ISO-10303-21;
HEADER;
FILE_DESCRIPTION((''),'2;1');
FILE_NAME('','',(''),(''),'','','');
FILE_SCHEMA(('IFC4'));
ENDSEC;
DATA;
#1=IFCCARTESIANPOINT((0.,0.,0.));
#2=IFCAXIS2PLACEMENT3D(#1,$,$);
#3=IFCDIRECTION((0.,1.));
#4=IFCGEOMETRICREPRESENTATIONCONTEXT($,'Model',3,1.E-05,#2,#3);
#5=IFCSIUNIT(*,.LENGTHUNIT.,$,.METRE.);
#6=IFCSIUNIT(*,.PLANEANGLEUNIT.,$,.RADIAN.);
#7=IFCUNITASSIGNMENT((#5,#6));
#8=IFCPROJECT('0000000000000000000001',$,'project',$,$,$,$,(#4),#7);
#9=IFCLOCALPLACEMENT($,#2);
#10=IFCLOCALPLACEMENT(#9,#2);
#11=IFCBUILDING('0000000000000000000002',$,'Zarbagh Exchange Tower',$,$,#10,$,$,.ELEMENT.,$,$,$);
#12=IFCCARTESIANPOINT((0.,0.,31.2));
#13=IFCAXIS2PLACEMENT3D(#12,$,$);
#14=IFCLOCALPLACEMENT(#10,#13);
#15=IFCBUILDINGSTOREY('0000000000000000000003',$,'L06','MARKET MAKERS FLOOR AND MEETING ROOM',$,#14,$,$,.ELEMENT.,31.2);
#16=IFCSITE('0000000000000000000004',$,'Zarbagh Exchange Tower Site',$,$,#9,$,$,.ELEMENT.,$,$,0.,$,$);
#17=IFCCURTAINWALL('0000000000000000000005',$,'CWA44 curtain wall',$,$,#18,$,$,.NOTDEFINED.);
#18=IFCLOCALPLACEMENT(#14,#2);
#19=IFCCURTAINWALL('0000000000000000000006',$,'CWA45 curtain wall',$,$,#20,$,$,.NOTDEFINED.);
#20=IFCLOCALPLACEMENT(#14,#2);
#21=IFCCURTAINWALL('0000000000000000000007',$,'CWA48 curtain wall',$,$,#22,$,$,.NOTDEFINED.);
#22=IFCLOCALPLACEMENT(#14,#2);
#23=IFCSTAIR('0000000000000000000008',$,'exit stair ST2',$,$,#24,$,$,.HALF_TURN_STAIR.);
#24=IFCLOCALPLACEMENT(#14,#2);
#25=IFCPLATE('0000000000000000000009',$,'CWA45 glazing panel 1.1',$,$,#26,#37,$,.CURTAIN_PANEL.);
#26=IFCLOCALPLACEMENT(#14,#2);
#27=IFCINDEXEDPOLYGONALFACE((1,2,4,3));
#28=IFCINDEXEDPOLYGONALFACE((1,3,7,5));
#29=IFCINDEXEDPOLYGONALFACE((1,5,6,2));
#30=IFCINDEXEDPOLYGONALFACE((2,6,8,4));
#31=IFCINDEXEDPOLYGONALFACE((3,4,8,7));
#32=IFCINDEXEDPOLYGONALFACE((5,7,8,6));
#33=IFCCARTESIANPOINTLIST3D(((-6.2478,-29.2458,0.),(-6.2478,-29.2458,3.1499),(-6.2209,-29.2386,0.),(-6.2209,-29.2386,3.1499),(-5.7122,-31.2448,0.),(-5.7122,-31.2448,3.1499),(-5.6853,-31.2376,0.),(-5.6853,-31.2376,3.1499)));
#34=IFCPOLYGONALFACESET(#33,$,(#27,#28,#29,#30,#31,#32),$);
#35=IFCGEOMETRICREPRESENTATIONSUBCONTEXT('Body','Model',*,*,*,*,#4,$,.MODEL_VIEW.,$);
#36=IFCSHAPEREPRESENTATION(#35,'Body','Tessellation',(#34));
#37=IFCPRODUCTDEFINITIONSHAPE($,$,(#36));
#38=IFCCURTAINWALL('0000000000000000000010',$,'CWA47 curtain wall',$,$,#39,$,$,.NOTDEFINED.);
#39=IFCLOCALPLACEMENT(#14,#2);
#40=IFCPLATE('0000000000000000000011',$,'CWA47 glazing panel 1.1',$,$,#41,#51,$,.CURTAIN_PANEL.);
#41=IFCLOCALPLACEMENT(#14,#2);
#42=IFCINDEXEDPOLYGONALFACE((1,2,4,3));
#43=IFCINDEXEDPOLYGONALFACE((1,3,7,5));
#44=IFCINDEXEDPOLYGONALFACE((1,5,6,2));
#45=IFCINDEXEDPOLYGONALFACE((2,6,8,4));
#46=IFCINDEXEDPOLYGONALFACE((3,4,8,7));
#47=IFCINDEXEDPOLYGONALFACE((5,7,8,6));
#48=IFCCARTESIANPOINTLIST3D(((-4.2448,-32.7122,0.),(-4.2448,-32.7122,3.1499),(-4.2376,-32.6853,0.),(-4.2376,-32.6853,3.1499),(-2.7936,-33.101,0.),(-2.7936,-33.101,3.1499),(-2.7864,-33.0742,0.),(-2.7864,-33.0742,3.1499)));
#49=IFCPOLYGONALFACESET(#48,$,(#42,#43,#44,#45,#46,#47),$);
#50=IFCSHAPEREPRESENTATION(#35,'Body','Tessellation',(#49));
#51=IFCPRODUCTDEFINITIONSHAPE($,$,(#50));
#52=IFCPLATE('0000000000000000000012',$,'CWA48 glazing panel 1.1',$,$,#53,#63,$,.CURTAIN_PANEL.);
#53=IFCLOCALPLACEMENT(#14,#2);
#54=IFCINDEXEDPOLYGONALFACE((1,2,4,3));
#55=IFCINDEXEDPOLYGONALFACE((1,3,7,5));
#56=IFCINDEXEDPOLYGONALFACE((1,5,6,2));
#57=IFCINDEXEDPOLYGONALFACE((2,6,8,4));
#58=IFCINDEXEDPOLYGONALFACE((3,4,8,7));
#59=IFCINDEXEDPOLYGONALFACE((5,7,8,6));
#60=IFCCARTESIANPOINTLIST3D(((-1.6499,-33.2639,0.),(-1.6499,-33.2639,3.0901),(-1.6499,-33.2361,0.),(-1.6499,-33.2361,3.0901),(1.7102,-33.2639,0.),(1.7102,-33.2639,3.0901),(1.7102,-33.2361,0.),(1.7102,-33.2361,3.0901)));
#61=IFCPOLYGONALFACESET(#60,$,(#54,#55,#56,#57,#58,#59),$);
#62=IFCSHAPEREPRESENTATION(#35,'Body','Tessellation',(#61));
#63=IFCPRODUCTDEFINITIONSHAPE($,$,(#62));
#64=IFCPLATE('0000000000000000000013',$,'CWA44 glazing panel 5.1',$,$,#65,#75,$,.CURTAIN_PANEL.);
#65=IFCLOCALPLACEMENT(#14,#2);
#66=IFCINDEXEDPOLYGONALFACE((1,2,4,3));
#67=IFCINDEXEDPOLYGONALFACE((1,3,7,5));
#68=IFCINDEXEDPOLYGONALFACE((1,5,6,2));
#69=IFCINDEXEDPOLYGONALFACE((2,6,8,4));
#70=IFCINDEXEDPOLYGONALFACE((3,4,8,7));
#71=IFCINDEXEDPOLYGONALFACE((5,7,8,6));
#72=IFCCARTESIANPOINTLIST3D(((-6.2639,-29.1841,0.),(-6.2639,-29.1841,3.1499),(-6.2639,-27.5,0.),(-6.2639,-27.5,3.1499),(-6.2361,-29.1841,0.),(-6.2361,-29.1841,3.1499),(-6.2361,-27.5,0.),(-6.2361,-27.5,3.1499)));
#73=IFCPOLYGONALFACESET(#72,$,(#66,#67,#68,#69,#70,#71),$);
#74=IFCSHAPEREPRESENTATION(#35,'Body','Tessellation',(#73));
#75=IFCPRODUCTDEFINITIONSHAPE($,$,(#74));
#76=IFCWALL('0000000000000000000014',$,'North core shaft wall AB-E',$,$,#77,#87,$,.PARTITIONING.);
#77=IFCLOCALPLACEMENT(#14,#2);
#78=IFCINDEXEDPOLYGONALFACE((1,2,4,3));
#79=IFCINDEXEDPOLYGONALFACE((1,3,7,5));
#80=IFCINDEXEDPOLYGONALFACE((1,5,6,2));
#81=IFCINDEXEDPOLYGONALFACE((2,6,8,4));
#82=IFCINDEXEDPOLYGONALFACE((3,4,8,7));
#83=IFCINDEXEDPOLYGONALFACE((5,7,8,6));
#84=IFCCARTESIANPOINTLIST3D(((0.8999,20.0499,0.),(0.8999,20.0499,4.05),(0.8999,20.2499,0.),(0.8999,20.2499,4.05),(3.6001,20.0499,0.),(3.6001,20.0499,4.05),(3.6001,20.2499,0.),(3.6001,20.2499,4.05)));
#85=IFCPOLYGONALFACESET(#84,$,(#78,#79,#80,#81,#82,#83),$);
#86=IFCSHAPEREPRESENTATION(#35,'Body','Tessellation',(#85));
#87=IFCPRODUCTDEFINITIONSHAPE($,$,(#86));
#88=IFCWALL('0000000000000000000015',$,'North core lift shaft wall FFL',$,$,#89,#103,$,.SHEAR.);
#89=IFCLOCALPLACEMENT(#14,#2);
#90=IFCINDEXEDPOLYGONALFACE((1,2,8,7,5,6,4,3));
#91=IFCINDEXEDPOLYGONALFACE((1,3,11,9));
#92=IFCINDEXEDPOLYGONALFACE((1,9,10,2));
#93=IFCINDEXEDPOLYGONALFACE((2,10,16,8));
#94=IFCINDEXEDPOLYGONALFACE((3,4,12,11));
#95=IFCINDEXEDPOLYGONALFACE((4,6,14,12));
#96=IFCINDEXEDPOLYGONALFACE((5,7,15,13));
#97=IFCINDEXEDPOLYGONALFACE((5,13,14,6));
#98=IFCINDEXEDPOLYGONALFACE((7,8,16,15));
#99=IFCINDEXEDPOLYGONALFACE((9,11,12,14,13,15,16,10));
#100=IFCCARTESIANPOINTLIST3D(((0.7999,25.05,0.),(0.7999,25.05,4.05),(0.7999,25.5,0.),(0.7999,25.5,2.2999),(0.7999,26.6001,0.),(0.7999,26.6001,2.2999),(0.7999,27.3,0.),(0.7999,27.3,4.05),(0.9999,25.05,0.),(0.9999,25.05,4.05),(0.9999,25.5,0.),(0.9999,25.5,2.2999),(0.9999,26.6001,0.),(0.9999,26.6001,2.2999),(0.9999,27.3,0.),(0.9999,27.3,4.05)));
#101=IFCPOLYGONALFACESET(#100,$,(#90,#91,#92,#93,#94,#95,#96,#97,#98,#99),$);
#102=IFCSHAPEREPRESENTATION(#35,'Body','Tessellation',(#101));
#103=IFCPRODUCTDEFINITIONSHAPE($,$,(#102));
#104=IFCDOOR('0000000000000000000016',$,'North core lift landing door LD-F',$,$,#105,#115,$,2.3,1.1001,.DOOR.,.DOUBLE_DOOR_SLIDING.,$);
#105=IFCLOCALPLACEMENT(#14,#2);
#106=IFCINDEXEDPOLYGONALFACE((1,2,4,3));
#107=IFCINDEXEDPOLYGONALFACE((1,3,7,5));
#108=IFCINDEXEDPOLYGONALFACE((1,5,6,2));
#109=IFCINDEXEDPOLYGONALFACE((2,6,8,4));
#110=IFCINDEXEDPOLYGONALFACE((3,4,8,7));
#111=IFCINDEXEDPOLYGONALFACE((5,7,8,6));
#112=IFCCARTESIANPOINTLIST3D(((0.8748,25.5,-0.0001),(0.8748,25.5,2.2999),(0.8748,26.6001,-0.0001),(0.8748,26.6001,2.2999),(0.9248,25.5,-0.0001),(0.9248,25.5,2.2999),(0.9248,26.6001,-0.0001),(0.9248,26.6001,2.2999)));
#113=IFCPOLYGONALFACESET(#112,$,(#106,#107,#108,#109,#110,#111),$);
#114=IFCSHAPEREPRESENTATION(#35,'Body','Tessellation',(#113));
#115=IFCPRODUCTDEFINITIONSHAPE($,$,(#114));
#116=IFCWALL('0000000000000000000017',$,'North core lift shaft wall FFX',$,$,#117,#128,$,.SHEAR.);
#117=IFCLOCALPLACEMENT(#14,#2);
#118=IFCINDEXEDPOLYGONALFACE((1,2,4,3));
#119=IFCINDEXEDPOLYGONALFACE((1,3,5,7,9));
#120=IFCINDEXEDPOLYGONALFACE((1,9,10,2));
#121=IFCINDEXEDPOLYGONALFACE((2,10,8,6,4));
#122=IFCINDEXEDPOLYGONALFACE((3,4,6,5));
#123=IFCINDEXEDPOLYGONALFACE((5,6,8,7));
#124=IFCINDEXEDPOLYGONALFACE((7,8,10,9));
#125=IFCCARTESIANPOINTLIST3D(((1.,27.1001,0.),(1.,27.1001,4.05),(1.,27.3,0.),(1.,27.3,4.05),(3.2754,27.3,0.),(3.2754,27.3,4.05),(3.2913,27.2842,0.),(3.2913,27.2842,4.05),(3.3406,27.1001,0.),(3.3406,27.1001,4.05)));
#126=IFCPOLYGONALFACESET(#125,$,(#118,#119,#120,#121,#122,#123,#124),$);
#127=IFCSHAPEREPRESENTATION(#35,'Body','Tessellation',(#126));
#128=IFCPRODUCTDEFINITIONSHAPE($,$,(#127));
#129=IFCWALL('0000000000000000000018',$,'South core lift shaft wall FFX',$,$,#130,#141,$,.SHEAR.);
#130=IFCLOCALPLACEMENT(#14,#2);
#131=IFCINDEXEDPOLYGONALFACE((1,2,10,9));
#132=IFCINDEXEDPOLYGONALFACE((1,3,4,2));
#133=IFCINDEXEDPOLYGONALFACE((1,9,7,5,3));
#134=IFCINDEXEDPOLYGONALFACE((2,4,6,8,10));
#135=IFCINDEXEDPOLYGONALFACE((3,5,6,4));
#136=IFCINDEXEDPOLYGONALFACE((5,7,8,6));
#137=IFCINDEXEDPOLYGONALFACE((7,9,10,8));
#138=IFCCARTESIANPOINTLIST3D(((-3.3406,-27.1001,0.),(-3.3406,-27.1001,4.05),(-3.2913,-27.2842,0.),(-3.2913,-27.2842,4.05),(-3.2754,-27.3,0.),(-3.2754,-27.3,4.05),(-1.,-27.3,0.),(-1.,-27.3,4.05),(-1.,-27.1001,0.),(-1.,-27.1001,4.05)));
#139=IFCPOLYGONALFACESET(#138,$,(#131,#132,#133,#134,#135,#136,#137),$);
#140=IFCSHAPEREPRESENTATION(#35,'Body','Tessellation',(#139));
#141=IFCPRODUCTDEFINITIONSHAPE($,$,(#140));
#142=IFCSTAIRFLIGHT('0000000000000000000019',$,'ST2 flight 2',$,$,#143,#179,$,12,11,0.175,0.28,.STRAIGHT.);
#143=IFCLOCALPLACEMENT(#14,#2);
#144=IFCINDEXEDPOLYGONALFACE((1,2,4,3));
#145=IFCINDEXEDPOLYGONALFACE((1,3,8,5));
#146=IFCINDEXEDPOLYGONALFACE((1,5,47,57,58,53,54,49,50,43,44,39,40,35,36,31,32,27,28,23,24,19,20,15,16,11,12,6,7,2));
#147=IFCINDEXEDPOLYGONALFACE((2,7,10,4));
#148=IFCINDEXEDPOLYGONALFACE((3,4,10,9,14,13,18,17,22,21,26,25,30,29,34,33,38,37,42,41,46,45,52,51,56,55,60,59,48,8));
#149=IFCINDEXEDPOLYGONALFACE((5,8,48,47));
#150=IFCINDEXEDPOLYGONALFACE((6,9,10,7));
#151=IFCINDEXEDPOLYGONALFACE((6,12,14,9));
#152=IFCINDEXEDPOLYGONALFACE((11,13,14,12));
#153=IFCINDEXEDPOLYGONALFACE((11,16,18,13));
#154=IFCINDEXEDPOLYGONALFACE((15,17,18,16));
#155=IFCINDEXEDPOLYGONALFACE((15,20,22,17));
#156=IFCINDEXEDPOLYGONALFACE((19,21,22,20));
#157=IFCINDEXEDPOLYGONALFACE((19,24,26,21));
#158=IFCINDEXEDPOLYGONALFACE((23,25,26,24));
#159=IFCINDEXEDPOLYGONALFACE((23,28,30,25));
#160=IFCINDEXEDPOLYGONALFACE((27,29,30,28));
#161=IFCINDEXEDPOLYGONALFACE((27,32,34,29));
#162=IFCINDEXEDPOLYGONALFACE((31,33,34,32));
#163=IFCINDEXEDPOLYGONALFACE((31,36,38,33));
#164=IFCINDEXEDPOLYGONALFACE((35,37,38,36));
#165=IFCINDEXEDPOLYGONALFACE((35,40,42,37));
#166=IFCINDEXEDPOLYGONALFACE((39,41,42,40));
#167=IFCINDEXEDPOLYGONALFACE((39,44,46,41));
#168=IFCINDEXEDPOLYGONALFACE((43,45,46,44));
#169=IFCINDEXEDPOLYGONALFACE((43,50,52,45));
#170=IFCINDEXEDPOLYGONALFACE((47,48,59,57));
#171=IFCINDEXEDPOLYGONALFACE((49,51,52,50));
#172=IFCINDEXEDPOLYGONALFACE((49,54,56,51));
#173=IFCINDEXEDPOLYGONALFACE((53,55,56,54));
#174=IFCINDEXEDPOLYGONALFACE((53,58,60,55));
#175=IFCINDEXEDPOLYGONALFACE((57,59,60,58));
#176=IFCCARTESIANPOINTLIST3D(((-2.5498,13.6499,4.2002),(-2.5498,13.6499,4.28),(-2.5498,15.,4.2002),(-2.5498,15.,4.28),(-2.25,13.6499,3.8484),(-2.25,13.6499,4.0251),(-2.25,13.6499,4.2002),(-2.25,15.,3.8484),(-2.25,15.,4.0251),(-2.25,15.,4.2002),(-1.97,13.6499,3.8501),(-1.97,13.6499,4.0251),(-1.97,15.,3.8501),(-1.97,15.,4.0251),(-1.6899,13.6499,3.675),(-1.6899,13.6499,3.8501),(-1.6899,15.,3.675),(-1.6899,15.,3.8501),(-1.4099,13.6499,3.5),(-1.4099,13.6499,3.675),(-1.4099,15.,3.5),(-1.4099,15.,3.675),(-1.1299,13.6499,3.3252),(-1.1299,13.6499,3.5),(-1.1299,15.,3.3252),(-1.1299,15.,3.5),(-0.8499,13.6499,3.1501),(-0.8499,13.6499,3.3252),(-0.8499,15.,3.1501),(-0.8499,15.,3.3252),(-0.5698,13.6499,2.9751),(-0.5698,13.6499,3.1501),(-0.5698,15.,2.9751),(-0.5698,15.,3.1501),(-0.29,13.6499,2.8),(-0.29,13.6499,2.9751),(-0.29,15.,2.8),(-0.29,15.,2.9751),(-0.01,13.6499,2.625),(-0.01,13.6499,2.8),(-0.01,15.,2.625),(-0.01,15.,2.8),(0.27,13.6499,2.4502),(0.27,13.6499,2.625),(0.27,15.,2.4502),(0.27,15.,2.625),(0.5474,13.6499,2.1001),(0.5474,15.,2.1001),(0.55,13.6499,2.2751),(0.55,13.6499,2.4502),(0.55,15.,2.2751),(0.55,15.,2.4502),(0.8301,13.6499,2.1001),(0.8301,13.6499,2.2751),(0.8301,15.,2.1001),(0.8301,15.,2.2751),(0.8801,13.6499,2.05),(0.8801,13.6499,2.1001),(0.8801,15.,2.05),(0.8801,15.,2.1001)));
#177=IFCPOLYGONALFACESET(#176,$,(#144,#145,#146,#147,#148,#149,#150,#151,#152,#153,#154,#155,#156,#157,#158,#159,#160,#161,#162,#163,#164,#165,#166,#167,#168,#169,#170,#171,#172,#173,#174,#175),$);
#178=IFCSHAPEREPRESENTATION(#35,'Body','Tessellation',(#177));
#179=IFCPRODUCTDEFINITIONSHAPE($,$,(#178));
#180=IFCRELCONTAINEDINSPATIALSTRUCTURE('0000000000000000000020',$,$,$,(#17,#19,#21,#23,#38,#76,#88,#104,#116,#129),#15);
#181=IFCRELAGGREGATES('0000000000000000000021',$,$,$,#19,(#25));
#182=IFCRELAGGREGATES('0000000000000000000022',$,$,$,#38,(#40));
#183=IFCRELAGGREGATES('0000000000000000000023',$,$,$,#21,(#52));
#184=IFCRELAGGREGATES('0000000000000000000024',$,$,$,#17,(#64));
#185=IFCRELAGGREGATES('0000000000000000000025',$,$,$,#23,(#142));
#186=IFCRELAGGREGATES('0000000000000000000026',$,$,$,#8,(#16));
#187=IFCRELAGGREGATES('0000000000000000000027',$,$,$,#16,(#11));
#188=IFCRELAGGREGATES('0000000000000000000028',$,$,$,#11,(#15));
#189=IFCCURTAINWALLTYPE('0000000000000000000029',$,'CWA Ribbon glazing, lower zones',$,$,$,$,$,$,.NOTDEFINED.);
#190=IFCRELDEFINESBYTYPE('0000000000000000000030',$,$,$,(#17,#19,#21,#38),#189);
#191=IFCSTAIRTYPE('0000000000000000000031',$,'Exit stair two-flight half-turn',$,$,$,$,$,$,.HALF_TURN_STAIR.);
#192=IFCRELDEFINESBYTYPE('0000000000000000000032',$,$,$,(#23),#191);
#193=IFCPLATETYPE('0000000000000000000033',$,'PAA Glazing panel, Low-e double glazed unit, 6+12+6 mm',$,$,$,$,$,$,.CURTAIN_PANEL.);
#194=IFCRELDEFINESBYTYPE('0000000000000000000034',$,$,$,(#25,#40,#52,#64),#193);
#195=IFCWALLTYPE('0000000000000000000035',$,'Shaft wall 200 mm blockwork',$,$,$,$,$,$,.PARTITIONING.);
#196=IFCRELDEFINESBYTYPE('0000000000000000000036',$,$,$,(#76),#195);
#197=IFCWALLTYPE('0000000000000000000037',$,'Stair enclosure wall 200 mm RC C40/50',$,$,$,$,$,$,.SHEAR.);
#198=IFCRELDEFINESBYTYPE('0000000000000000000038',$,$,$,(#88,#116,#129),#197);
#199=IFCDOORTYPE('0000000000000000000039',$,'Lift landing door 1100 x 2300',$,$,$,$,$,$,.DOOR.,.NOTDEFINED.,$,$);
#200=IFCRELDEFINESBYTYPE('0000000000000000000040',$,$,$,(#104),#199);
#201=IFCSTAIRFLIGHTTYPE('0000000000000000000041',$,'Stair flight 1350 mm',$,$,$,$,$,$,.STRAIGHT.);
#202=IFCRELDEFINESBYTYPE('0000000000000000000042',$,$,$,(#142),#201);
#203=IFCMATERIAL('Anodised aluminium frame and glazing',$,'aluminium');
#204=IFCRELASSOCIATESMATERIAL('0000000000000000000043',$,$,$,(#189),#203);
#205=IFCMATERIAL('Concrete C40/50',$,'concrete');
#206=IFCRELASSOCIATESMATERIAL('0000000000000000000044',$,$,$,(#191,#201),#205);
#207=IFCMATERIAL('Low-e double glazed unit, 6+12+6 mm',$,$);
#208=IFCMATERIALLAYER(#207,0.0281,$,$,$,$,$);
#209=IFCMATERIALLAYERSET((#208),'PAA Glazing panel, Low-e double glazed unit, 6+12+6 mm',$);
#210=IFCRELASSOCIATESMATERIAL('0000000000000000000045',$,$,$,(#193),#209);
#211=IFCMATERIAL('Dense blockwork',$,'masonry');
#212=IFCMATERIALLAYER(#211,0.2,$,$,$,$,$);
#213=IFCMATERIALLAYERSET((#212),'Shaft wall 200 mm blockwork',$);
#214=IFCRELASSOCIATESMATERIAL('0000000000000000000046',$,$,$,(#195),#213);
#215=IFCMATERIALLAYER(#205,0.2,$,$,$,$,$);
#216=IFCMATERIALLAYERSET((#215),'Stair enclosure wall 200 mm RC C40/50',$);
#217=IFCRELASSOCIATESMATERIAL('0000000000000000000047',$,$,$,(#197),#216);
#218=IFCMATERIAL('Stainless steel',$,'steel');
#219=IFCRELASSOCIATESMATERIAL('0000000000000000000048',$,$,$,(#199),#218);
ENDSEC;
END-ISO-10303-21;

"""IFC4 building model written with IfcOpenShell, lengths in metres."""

from ifc_helpers import new_model, si_unit, direction, frame, frame_2d, origin, place, context, subcontext, project, spatial, polyline, rectangle, outline, extrude, source, transform, mapped, material, layer, layer_set, type_object, element, fill, aggregate, save


model = new_model("IFC4")

# Units and contexts
model_context = context("Model", 3, precision=1e-05, world=origin(), true_north=direction((0.0, 1.0)))
body_context = subcontext(model_context, "Body", "Model", "MODEL_VIEW")
ifc_project = project(units=[si_unit("LENGTHUNIT", "METRE"), si_unit("PLANEANGLEUNIT", "RADIAN")], contexts=[model_context])

# Site, building, storey
site_placement = place(None, origin())
site = spatial("IfcSite", under=ifc_project, at=site_placement, Name="Zarbagh Exchange Tower Site", CompositionType="ELEMENT", RefElevation=0.0)
building_placement = place(site_placement, origin())
building = spatial("IfcBuilding", under=site, at=building_placement, Name="Zarbagh Exchange Tower", CompositionType="ELEMENT")
storey_placement = place(building_placement, frame((0.0, 0.0, 31.2)))
storey = spatial("IfcBuildingStorey", under=building, at=storey_placement, Name="L06", Description="MARKET MAKERS FLOOR AND MEETING ROOM", CompositionType="ELEMENT", Elevation=31.2)

# Curtain wall
ifc_material_1 = material(Name="Anodised aluminium frame and glazing", Category="aluminium")
curtain_wall_type = type_object("IfcCurtainWallType", Name="CWA Ribbon glazing, lower zones", PredefinedType="NOTDEFINED", material=ifc_material_1)
curtain_wall_1_placement = place(storey_placement, origin())
curtain_wall_1 = element("IfcCurtainWall", 1, at=curtain_wall_1_placement, inside=storey, type_object=curtain_wall_type, Name="CWA44 curtain wall", PredefinedType="NOTDEFINED")
placement = place(storey_placement, origin())

# Curtain wall
curtain_wall_2_placement = place(storey_placement, origin())
curtain_wall_2 = element("IfcCurtainWall", 2, at=curtain_wall_2_placement, inside=storey, type_object=curtain_wall_type, Name="CWA45 curtain wall", PredefinedType="NOTDEFINED")

# Curtain wall
curtain_wall_3_placement = place(storey_placement, origin())
curtain_wall_3 = element("IfcCurtainWall", 3, at=curtain_wall_3_placement, inside=storey, type_object=curtain_wall_type, Name="CWA48 curtain wall", PredefinedType="NOTDEFINED")

# Stair
ifc_material_2 = material(Name="Concrete C40/50", Category="concrete")
stair_type = type_object("IfcStairType", Name="Exit stair two-flight half-turn", PredefinedType="HALF_TURN_STAIR", material=ifc_material_2)
stair_1_placement = place(storey_placement, origin())
stair_1 = element("IfcStair", 4, at=stair_1_placement, inside=storey, type_object=stair_type, Name="exit stair ST2", PredefinedType="HALF_TURN_STAIR")

# Shared definitions
ifc_material_3 = material(Name="Low-e double glazed unit, 6+12+6 mm")
ifc_layer_1 = layer(ifc_material_3, 0.0281)
ifc_layer_set_1 = layer_set([ifc_layer_1], Name="PAA Glazing panel, Low-e double glazed unit, 6+12+6 mm")
plate_type = type_object("IfcPlateType", Name="PAA Glazing panel, Low-e double glazed unit, 6+12+6 mm", PredefinedType="CURTAIN_PANEL", material=ifc_layer_set_1)

# Plate
shared_shape_1 = source(origin(), body_context, "Body", "SweptSolid", [
    extrude(outline(polyline([(0.0, -0.0139), (2.0696, -0.0139), (2.0696, 0.0139), (0.0, 0.0139), (0.0, -0.0139)])), origin(), (0.0, 0.0, 1.0), 3.1499),
])
plate_1 = element("IfcPlate", 5, at=placement, type_object=plate_type, Name="CWA45 glazing panel 1.1", PredefinedType="CURTAIN_PANEL", context=body_context, shape_type="MappedRepresentation", body=[
    mapped(shared_shape_1, transform((-6.2344, -29.2422, 0.0), x_axis=(0.258825, -0.965924, 0.0), y_axis=(0.965924, 0.258825, 0.0), z_axis=(0.0, 0.0, 1.0))),
])
aggregate(curtain_wall_2, [plate_1])

# Curtain wall, plate
curtain_wall_4_placement = place(storey_placement, origin())
curtain_wall_4 = element("IfcCurtainWall", 6, at=curtain_wall_4_placement, inside=storey, type_object=curtain_wall_type, Name="CWA47 curtain wall", PredefinedType="NOTDEFINED")
shared_shape_2 = source(origin(), body_context, "Body", "SweptSolid", [
    extrude(outline(polyline([(0.0, -0.0139), (1.5024, -0.0139), (1.5024, 0.0139), (0.0, 0.0139), (0.0, -0.0139)])), origin(), (0.0, 0.0, 1.0), 3.1499),
])
plate_2 = element("IfcPlate", 7, at=placement, type_object=plate_type, Name="CWA47 glazing panel 1.1", PredefinedType="CURTAIN_PANEL", context=body_context, shape_type="MappedRepresentation", body=[
    mapped(shared_shape_2, transform((-4.2412, -32.6987, 0.0), x_axis=(0.965924, -0.258825, 0.0), y_axis=(0.258825, 0.965924, 0.0), z_axis=(0.0, 0.0, 1.0))),
])
aggregate(curtain_wall_4, [plate_2])

# Plates
shared_shape_3 = source(origin(), body_context, "Body", "SweptSolid", [
    extrude(outline(polyline([(0.0, -0.0139), (3.3601, -0.0139), (3.3601, 0.0139), (0.0, 0.0139), (0.0, -0.0139)])), origin(), (0.0, 0.0, 1.0), 3.0901),
])
plate_3 = element("IfcPlate", 8, at=placement, type_object=plate_type, Name="CWA48 glazing panel 1.1", PredefinedType="CURTAIN_PANEL", context=body_context, shape_type="MappedRepresentation", body=[
    mapped(shared_shape_3, transform((-1.6499, -33.25, 0.0), x_axis=(1.0, 0.0, 0.0), y_axis=(0.0, 1.0, 0.0), z_axis=(0.0, 0.0, 1.0))),
])
aggregate(curtain_wall_3, [plate_3])
shared_shape_4 = source(origin(), body_context, "Body", "SweptSolid", [
    extrude(outline(polyline([(0.0, -0.0139), (1.6841, -0.0139), (1.6841, 0.0139), (0.0, 0.0139), (0.0, -0.0139)])), origin(), (0.0, 0.0, 1.0), 3.1499),
])
plate_4 = element("IfcPlate", 9, at=placement, type_object=plate_type, Name="CWA44 glazing panel 5.1", PredefinedType="CURTAIN_PANEL", context=body_context, shape_type="MappedRepresentation", body=[
    mapped(shared_shape_4, transform((-6.25, -27.5, 0.0), x_axis=(0.0, -1.0, 0.0), y_axis=(1.0, 0.0, 0.0), z_axis=(0.0, 0.0, 1.0))),
])
aggregate(curtain_wall_1, [plate_4])

# Wall
ifc_material_4 = material(Name="Dense blockwork", Category="masonry")
ifc_layer_2 = layer(ifc_material_4, 0.2)
ifc_layer_set_2 = layer_set([ifc_layer_2], Name="Shaft wall 200 mm blockwork")
wall_type_1 = type_object("IfcWallType", Name="Shaft wall 200 mm blockwork", PredefinedType="PARTITIONING", material=ifc_layer_set_2)
wall_1_placement = place(storey_placement, frame((0.8999, 20.1499, 0.0), z_axis=(0.0, 0.0, 1.0), x_axis=(1.0, 0.0, 0.0)))
element("IfcWall", 10, at=wall_1_placement, inside=storey, type_object=wall_type_1, Name="North core shaft wall AB-E", PredefinedType="PARTITIONING", context=body_context, shape_type="SweptSolid", body=[
    extrude(rectangle(XDim=2.7002, YDim=0.2, at=frame_2d((1.3501, 0.0))), origin(), (0.0, 0.0, 1.0), 4.05),
])

# Wall, opening, door
ifc_layer_3 = layer(ifc_material_2, 0.2)
ifc_layer_set_3 = layer_set([ifc_layer_3], Name="Stair enclosure wall 200 mm RC C40/50")
wall_type_2 = type_object("IfcWallType", Name="Stair enclosure wall 200 mm RC C40/50", PredefinedType="SHEAR", material=ifc_layer_set_3)
wall_2_placement = place(storey_placement, frame((0.8999, 27.3, 0.0), z_axis=(0.0, 0.0, 1.0), x_axis=(0.0, -1.0, 0.0)))
wall_2 = element("IfcWall", 11, at=wall_2_placement, inside=storey, type_object=wall_type_2, Name="North core lift shaft wall FFL", PredefinedType="SHEAR", context=body_context, shape_type="SweptSolid", body=[
    extrude(rectangle(XDim=2.25, YDim=0.2, at=frame_2d((1.125, 0.0))), origin(), (0.0, 0.0, 1.0), 4.05),
])
opening_placement = place(wall_2_placement, frame((0.7, 0.0, 0.0)))
opening = element("IfcOpeningElement", 12, at=opening_placement, cuts=wall_2, PredefinedType="OPENING", context=body_context, shape_type="SweptSolid", body=[
    extrude(rectangle(XDim=1.1001, YDim=2.3, at=frame_2d((0.55, 1.1499))), frame((0.0, 0.1099, 0.0), z_axis=(0.0, -1.0, 0.0), x_axis=(1.0, 0.0, 0.0)), (0.0, 0.0, 1.0), 0.22),
])
ifc_material_5 = material(Name="Stainless steel", Category="steel")
door_type = type_object("IfcDoorType", Name="Lift landing door 1100 x 2300", OperationType="NOTDEFINED", PredefinedType="DOOR", material=ifc_material_5)
door_placement = place(opening_placement, origin())
door = element("IfcDoor", 13, at=door_placement, inside=storey, type_object=door_type, Name="North core lift landing door LD-F", OperationType="DOUBLE_DOOR_SLIDING", OverallHeight=2.3, OverallWidth=1.1001, PredefinedType="DOOR", context=body_context, shape_type="SweptSolid", body=[
    extrude(rectangle(XDim=1.1001, YDim=2.3, at=frame_2d((0.55, 1.1499))), frame((0.0, 0.0249, 0.0), z_axis=(0.0, -1.0, 0.0), x_axis=(1.0, 0.0, 0.0)), (0.0, 0.0, 1.0), 0.05),
])
fill(opening, door)

# Walls
wall_3_placement = place(storey_placement, origin())
element("IfcWall", 14, at=wall_3_placement, inside=storey, type_object=wall_type_2, Name="North core lift shaft wall FFX", PredefinedType="SHEAR", context=body_context, shape_type="SweptSolid", body=[
    extrude(outline(polyline([(1.0, 27.1001), (3.3406, 27.1001), (3.2913, 27.2842), (3.2754, 27.3), (1.0, 27.3), (1.0, 27.1001)])), origin(), (0.0, 0.0, 1.0), 4.05),
])
wall_4_placement = place(storey_placement, origin())
element("IfcWall", 15, at=wall_4_placement, inside=storey, type_object=wall_type_2, Name="South core lift shaft wall FFX", PredefinedType="SHEAR", context=body_context, shape_type="SweptSolid", body=[
    extrude(outline(polyline([(-1.0, -27.1001), (-3.3406, -27.1001), (-3.2913, -27.2842), (-3.2754, -27.3), (-1.0, -27.3), (-1.0, -27.1001)])), origin(), (0.0, 0.0, 1.0), 4.05),
])

# Stair flight
stair_flight_type = type_object("IfcStairFlightType", Name="Stair flight 1350 mm", PredefinedType="STRAIGHT", material=ifc_material_2)
stair_flight_placement = place(storey_placement, frame((0.8301, 14.325, 2.1001), z_axis=(0.0, 0.0, 1.0), x_axis=(-1.0, 0.0, 0.0)))
stair_flight = element("IfcStairFlight", 16, at=stair_flight_placement, type_object=stair_flight_type, Name="ST2 flight 2", NumberOfRisers=12, NumberOfTreads=11, PredefinedType="STRAIGHT", RiserHeight=0.175, TreadLength=0.28, context=body_context, shape_type="SweptSolid", body=[
    extrude(outline(polyline([(-0.05, -0.05), (-0.05, 0.0), (0.0, 0.0), (0.0, 0.175), (0.28, 0.175), (0.28, 0.3501), (0.5601, 0.3501), (0.5601, 0.5249), (0.8401, 0.5249), (0.8401, 0.7), (1.1201, 0.7), (1.1201, 0.875), (1.3999, 0.875), (1.3999, 1.05), (1.6799, 1.05), (1.6799, 1.2251), (1.96, 1.2251), (1.96, 1.3999), (2.24, 1.3999), (2.24, 1.575), (2.52, 1.575), (2.52, 1.75), (2.8, 1.75), (2.8, 1.925), (3.0801, 1.925), (3.0801, 2.1001), (3.3799, 2.1799), (3.3799, 2.1001), (3.0801, 1.7483), (0.2827, 0.0), (-0.05, -0.05)])), frame((0.0, 0.675, 0.0), z_axis=(0.0, -1.0, 0.0), x_axis=(1.0, 0.0, 0.0)), (0.0, 0.0, 1.0), 1.3501),
])
aggregate(stair_1, [stair_flight])

save(model, "model.ifc")
